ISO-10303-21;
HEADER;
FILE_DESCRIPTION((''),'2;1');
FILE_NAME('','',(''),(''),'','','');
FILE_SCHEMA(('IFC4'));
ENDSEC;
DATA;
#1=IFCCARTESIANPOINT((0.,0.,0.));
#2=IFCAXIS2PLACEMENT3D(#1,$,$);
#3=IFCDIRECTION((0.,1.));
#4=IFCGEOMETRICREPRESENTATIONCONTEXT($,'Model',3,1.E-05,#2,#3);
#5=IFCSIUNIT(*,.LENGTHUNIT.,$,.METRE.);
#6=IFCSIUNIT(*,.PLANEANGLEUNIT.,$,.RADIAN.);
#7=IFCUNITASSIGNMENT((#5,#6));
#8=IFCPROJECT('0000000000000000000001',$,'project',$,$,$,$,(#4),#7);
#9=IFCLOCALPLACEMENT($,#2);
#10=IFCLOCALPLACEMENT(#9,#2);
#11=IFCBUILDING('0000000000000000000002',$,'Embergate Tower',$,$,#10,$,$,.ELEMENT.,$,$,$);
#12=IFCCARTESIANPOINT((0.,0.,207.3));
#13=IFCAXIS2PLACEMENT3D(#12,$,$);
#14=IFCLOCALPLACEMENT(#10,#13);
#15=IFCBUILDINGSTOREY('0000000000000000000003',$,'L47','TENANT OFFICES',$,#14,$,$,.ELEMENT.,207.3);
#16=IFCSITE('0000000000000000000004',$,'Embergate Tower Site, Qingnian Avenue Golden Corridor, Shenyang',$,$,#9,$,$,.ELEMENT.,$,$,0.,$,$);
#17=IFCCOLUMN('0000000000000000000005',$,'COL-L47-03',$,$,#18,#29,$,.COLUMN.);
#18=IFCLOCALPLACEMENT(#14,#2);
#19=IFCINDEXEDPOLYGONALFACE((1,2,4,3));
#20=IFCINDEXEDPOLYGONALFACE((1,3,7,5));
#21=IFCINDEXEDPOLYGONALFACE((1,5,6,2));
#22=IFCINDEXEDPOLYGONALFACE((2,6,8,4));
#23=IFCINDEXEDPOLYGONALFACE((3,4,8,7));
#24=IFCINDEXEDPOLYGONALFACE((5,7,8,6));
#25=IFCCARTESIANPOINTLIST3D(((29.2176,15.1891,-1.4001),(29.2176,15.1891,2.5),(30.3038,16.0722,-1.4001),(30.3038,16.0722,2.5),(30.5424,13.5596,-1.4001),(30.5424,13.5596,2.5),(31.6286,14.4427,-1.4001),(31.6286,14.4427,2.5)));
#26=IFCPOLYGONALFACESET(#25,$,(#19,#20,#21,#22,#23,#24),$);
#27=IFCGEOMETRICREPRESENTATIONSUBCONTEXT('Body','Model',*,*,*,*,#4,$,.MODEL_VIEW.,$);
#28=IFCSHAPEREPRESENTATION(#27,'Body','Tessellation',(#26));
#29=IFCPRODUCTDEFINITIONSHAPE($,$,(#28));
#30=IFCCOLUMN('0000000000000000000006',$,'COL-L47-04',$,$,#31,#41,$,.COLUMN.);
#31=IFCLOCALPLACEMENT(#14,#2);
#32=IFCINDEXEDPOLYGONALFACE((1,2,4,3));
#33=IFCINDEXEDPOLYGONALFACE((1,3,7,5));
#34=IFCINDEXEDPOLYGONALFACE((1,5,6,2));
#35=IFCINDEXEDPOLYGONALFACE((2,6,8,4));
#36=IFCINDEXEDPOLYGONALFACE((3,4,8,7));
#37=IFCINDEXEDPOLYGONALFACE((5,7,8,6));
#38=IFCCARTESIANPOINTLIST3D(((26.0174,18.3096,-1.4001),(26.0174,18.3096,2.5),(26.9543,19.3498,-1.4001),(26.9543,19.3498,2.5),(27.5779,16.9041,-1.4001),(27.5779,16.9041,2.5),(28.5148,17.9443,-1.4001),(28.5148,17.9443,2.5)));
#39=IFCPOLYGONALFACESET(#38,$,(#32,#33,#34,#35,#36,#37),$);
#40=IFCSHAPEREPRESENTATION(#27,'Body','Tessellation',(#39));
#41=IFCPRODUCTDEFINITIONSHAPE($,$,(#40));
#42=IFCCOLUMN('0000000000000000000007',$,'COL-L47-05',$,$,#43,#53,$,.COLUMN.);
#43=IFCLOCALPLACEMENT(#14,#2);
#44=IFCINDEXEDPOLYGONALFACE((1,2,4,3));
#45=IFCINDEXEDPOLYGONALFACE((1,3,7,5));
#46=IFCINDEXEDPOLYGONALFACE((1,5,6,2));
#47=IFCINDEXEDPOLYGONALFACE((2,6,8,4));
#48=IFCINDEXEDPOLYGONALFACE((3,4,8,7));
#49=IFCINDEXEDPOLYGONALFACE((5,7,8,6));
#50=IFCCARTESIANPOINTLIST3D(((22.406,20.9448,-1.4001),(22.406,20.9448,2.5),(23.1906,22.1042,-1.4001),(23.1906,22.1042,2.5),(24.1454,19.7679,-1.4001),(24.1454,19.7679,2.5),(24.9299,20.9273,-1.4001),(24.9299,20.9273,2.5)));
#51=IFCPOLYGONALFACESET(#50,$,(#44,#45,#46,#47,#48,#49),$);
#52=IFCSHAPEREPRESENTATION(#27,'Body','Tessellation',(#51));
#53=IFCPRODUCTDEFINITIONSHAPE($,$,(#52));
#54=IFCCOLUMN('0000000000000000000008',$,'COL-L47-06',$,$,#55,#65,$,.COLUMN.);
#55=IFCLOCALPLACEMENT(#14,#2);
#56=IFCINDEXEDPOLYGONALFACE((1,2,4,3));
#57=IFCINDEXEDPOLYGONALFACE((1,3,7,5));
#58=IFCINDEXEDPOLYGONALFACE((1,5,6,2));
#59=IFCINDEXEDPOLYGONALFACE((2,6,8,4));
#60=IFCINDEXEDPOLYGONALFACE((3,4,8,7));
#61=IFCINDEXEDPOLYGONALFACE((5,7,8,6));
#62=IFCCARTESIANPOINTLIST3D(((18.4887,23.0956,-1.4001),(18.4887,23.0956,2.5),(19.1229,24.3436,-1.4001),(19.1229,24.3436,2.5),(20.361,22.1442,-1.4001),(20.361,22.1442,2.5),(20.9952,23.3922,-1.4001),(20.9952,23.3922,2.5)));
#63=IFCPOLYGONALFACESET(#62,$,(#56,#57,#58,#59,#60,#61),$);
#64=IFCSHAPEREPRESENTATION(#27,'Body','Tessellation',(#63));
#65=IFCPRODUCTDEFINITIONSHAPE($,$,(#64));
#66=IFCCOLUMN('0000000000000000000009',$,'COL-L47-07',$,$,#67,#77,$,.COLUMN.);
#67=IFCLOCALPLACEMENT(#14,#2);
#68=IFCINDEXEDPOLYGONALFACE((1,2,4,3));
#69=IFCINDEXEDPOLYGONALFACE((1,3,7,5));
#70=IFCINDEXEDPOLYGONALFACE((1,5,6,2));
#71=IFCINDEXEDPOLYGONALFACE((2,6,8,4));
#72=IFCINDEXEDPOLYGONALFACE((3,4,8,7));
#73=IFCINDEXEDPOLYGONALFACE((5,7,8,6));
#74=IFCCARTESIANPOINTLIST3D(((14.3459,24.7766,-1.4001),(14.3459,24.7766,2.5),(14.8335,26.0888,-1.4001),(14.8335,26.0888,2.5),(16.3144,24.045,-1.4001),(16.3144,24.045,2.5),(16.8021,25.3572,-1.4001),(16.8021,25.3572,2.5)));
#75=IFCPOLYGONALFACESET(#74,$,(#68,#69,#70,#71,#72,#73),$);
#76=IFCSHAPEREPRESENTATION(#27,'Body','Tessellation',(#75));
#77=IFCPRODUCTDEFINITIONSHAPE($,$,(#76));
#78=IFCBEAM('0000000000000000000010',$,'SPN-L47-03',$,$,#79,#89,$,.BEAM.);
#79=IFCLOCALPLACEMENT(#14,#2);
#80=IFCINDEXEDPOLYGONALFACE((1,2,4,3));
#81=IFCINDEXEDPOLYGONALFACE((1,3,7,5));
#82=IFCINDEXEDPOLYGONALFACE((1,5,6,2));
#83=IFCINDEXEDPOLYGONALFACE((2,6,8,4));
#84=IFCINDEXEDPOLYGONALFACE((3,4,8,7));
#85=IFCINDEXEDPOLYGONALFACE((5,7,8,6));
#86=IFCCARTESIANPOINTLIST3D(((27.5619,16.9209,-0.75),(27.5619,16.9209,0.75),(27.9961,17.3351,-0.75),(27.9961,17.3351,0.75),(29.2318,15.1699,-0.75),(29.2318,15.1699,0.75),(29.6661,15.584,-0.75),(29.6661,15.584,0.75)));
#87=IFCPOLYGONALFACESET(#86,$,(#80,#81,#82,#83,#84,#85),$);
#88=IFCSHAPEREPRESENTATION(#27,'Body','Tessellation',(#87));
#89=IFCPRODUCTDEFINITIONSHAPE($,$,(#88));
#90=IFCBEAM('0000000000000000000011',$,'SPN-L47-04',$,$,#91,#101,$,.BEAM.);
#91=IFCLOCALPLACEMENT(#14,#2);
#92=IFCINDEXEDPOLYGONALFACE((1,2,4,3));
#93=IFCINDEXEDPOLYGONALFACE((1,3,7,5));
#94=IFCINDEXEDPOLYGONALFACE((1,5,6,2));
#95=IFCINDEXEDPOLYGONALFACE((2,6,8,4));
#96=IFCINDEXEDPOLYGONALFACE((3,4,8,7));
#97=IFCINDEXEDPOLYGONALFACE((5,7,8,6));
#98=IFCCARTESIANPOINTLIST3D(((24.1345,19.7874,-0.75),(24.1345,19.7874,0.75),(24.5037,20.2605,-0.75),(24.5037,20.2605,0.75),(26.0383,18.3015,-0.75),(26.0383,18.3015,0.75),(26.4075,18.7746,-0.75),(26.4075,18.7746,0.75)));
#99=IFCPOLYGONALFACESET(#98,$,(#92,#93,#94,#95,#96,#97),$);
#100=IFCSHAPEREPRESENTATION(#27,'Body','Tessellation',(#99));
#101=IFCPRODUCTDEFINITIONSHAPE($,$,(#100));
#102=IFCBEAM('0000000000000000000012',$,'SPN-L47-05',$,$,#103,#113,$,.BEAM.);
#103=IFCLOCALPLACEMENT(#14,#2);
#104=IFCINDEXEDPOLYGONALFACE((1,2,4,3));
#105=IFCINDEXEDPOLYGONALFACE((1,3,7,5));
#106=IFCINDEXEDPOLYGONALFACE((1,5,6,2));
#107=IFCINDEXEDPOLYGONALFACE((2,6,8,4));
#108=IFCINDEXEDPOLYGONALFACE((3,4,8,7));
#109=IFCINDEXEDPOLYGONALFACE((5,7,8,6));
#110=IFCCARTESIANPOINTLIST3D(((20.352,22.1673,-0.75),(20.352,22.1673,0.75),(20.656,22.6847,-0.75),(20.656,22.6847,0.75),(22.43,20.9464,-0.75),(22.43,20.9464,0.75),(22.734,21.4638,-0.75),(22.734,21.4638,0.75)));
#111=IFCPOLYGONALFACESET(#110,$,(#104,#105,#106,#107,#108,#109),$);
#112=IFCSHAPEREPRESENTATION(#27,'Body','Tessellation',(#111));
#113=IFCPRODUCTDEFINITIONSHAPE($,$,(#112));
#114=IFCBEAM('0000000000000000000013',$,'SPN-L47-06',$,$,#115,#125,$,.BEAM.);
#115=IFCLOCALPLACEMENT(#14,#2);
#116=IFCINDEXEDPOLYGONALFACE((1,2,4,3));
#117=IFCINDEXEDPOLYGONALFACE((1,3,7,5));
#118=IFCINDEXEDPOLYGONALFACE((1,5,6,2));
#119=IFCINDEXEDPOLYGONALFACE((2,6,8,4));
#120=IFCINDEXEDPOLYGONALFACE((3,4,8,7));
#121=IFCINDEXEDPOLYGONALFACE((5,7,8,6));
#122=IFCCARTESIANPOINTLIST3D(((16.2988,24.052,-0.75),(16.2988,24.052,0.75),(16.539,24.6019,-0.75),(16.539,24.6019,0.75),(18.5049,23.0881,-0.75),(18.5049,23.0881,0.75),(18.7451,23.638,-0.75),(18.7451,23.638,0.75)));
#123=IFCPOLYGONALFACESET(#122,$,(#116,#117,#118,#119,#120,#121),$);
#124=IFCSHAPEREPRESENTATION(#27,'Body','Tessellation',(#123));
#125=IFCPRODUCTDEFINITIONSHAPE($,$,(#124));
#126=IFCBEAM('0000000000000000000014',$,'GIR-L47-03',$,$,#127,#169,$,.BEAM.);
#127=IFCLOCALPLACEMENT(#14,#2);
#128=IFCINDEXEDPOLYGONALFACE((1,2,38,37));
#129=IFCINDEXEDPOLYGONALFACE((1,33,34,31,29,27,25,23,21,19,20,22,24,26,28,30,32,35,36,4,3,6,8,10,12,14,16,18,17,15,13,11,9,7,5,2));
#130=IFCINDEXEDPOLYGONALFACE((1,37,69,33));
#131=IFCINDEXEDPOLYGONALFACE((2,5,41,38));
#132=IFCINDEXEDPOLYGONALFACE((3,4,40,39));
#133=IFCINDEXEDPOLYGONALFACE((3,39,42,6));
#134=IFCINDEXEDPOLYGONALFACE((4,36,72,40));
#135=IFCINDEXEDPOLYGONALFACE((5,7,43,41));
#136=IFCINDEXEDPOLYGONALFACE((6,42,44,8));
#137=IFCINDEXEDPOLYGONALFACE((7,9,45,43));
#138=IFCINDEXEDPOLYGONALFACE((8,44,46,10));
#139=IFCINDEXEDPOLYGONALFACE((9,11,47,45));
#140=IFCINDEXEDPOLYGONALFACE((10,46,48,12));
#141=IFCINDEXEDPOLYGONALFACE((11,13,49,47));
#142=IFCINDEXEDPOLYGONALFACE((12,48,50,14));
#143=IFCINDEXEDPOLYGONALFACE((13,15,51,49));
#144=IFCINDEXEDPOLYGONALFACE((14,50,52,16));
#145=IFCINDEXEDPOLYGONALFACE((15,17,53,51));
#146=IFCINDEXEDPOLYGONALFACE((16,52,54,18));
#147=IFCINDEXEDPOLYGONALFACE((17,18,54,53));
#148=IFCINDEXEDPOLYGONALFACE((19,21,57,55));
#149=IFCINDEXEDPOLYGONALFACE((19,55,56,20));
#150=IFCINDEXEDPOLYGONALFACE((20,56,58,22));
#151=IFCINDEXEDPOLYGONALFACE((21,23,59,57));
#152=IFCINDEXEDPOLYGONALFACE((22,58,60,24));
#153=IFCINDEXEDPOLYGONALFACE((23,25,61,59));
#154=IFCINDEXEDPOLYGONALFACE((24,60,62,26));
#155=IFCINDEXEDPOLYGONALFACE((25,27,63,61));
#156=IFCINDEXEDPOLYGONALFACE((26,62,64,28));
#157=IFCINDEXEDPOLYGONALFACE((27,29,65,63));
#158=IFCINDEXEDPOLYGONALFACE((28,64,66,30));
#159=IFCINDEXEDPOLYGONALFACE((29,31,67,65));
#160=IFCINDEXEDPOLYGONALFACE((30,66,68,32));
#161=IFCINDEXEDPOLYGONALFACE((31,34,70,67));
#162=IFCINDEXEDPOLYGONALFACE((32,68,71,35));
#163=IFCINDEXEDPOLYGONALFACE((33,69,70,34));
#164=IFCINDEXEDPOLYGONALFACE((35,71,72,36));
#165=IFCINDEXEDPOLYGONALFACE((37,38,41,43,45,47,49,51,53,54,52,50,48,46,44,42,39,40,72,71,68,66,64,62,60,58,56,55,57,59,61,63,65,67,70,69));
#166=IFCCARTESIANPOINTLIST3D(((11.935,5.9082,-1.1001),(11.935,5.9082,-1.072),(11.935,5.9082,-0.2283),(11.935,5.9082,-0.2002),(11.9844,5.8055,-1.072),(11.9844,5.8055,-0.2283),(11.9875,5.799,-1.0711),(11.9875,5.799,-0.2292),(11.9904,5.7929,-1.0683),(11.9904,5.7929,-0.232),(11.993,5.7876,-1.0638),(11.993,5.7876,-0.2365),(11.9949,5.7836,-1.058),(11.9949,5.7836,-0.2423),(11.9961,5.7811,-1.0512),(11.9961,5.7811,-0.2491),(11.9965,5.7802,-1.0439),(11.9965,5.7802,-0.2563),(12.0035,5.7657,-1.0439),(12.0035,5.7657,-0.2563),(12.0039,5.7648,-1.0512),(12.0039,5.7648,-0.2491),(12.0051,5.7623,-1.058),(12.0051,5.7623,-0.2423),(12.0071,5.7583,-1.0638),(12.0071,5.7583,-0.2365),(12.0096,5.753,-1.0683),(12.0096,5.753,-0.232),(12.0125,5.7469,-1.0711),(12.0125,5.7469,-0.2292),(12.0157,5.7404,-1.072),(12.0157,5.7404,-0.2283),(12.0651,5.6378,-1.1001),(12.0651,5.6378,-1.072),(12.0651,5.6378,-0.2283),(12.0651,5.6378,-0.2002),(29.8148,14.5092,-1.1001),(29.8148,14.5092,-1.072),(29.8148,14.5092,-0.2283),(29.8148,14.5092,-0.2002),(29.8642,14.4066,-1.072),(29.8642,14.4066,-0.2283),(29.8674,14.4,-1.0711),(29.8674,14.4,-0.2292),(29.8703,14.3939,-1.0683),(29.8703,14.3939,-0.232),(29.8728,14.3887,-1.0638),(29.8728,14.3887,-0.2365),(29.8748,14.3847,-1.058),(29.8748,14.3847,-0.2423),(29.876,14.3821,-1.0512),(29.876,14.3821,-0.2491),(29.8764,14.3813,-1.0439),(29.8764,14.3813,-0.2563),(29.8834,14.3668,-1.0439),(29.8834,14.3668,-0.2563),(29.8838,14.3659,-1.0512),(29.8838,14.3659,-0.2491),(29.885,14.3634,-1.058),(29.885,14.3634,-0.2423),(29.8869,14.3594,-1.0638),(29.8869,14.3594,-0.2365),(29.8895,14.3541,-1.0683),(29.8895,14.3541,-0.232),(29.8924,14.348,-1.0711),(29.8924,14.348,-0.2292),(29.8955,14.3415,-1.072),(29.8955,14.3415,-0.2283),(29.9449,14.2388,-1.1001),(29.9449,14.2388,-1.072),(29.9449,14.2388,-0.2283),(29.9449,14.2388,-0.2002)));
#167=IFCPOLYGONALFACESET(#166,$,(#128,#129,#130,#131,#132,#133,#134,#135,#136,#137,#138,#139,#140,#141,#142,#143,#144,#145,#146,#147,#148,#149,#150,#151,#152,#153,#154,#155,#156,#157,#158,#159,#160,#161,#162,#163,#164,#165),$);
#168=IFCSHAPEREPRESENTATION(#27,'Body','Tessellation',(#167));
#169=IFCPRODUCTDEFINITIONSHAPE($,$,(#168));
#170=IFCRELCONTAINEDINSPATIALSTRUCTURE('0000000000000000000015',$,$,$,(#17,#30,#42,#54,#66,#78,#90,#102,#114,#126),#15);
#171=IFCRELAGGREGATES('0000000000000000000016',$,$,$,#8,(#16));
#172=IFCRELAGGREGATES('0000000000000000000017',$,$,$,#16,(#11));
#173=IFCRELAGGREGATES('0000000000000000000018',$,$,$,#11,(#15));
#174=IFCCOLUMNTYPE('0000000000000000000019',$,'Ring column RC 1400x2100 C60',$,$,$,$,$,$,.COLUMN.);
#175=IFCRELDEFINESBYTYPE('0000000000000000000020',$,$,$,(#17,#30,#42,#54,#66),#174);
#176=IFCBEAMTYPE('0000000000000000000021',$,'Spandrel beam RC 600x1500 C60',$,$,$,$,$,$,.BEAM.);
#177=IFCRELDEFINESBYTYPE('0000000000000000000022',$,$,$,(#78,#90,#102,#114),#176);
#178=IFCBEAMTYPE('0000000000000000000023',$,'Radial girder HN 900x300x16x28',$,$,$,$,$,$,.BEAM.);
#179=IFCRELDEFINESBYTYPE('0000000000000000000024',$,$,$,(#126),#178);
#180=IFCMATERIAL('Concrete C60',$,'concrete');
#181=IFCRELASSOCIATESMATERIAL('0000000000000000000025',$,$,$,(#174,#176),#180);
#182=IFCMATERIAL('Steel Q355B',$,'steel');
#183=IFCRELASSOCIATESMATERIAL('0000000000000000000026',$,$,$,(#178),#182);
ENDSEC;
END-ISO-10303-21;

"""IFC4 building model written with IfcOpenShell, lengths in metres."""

from ifc_helpers import new_model, si_unit, direction, frame, origin, origin_2d, place, context, subcontext, project, spatial, rectangle, i_section, extrude, source, transform, mapped, material, material_profile, profile_set, type_object, element, save


model = new_model("IFC4")

# Units and contexts
model_context = context("Model", 3, precision=1e-05, world=origin(), true_north=direction((0.0, 1.0)))
body_context = subcontext(model_context, "Body", "Model", "MODEL_VIEW")
ifc_project = project(units=[si_unit("LENGTHUNIT", "METRE"), si_unit("PLANEANGLEUNIT", "RADIAN")], contexts=[model_context])

# Site, building, storey
site_placement = place(None, origin())
site = spatial("IfcSite", under=ifc_project, at=site_placement, Name="Embergate Tower Site, Qingnian Avenue Golden Corridor, Shenyang", CompositionType="ELEMENT", RefElevation=0.0)
building_placement = place(site_placement, origin())
building = spatial("IfcBuilding", under=site, at=building_placement, Name="Embergate Tower", CompositionType="ELEMENT")
storey_placement = place(building_placement, frame((0.0, 0.0, 207.3)))
storey = spatial("IfcBuildingStorey", under=building, at=storey_placement, Name="L47", Description="TENANT OFFICES", CompositionType="ELEMENT", Elevation=207.3)

# Columns
ifc_material_1 = material(Name="Concrete C60", Category="concrete")
ifc_material_profile_1 = material_profile(ifc_material_1, rectangle(XDim=1.3999, YDim=2.1001, at=origin_2d()), Name="RC 1400x2100")
ifc_profile_set_1 = profile_set([ifc_material_profile_1], Name="Concrete C60")
column_type = type_object("IfcColumnType", Name="Ring column RC 1400x2100 C60", PredefinedType="COLUMN", material=ifc_profile_set_1)
shared_shape_1 = source(origin(), body_context, "Body", "SweptSolid", [
    extrude(rectangle(XDim=1.3999, YDim=2.1001, at=origin_2d()), origin(), (0.0, 0.0, 1.0), 3.9001),
])
for number, where, z_axis, x_axis, name in (
    (1, (30.4231, 14.8159, -1.4001), (0.0, 0.0, 1.0), (0.775925, 0.630825, 0.0), "COL-L47-03"),
    (2, (27.2661, 18.127, -1.4001), (0.0, 0.0, 1.0), (0.669221, 0.743063, 0.0), "COL-L47-04"),
    (3, (23.668, 20.936, -1.4001), (0.0, 0.0, 1.0), (0.560408, 0.828217, 0.0), "COL-L47-05"),
    (4, (19.7419, 23.2439, -1.4001), (0.0, 0.0, 1.0), (0.453011, 0.891505, 0.0), "COL-L47-06"),
    (5, (15.574, 25.0669, -1.4001), (0.0, 0.0, 1.0), (0.348359, 0.937361, 0.0), "COL-L47-07"),
):
    element("IfcColumn", number, at=place(storey_placement, frame(where, z_axis=z_axis, x_axis=x_axis)), inside=storey, type_object=column_type, Name=name, PredefinedType="COLUMN", context=body_context, shape_type="MappedRepresentation", body=[
        mapped(shared_shape_1, transform((0.0, 0.0, 0.0))),
    ])

# Beams
ifc_material_profile_2 = material_profile(ifc_material_1, rectangle(XDim=0.6001, YDim=1.5, at=origin_2d()), Name="RC 600x1500")
ifc_profile_set_2 = profile_set([ifc_material_profile_2], Name="Concrete C60")
beam_type_1 = type_object("IfcBeamType", Name="Spandrel beam RC 600x1500 C60", PredefinedType="BEAM", material=ifc_profile_set_2)
shared_shape_2 = source(origin(), body_context, "Body", "SweptSolid", [
    extrude(rectangle(XDim=0.6001, YDim=1.5, at=origin_2d()), origin(), (0.0, 0.0, 1.0), 2.4197),
])
beam_1_placement = place(storey_placement, frame((29.449, 15.377, 0.0), z_axis=(-0.690159, 0.723658, 0.0), x_axis=(-0.723658, -0.690159, 0.0)))
element("IfcBeam", 6, at=beam_1_placement, inside=storey, type_object=beam_type_1, Name="SPN-L47-03", PredefinedType="BEAM", context=body_context, shape_type="MappedRepresentation", body=[
    mapped(shared_shape_2, transform((0.0, 0.0, 0.0))),
])
shared_shape_3 = source(origin(), body_context, "Body", "SweptSolid", [
    extrude(rectangle(XDim=0.6001, YDim=1.5, at=origin_2d()), origin(), (0.0, 0.0, 1.0), 2.415),
])
beam_2_placement = place(storey_placement, frame((26.2229, 18.5381, 0.0), z_axis=(-0.788328, 0.615256, 0.0), x_axis=(-0.615256, -0.788328, 0.0)))
element("IfcBeam", 7, at=beam_2_placement, inside=storey, type_object=beam_type_1, Name="SPN-L47-04", PredefinedType="BEAM", context=body_context, shape_type="MappedRepresentation", body=[
    mapped(shared_shape_3, transform((0.0, 0.0, 0.0))),
])
shared_shape_4 = source(origin(), body_context, "Body", "SweptSolid", [
    extrude(rectangle(XDim=0.6001, YDim=1.5, at=origin_2d()), origin(), (0.0, 0.0, 1.0), 2.4102),
])
beam_3_placement = place(storey_placement, frame((22.582, 21.2051, 0.0), z_axis=(-0.862202, 0.506564, 0.0), x_axis=(-0.506564, -0.862202, 0.0)))
element("IfcBeam", 8, at=beam_3_placement, inside=storey, type_object=beam_type_1, Name="SPN-L47-05", PredefinedType="BEAM", context=body_context, shape_type="MappedRepresentation", body=[
    mapped(shared_shape_4, transform((0.0, 0.0, 0.0))),
])
shared_shape_5 = source(origin(), body_context, "Body", "SweptSolid", [
    extrude(rectangle(XDim=0.6001, YDim=1.5, at=origin_2d()), origin(), (0.0, 0.0, 1.0), 2.4075),
])
beam_4_placement = place(storey_placement, frame((18.625, 23.363, 0.0), z_axis=(-0.916353, 0.400372, 0.0), x_axis=(-0.400372, -0.916353, 0.0)))
element("IfcBeam", 9, at=beam_4_placement, inside=storey, type_object=beam_type_1, Name="SPN-L47-06", PredefinedType="BEAM", context=body_context, shape_type="MappedRepresentation", body=[
    mapped(shared_shape_5, transform((0.0, 0.0, 0.0))),
])
ifc_material_2 = material(Name="Steel Q355B", Category="steel")
ifc_material_profile_3 = material_profile(ifc_material_2, i_section(OverallWidth=0.3, OverallDepth=0.8999, WebThickness=0.0161, FlangeThickness=0.0281, FilletRadius=0.0281, at=origin_2d()), Name="HN 900x300x16x28")
ifc_profile_set_3 = profile_set([ifc_material_profile_3], Name="Steel Q355 grade B")
beam_type_2 = type_object("IfcBeamType", Name="Radial girder HN 900x300x16x28", PredefinedType="BEAM", material=ifc_profile_set_3)
shared_shape_6 = source(origin(), body_context, "Body", "SweptSolid", [
    extrude(i_section(OverallWidth=0.3, OverallDepth=0.8999, WebThickness=0.0161, FlangeThickness=0.0281, FilletRadius=0.0281, at=origin_2d()), origin(), (0.0, 0.0, 1.0), 19.8411),
])
beam_5_placement = place(storey_placement, frame((29.8799, 14.374, -0.6501), z_axis=(-0.901154, -0.433498, 0.0), x_axis=(0.433498, -0.901154, 0.0)))
element("IfcBeam", 10, at=beam_5_placement, inside=storey, type_object=beam_type_2, Name="GIR-L47-03", PredefinedType="BEAM", context=body_context, shape_type="MappedRepresentation", body=[
    mapped(shared_shape_6, transform((0.0, 0.0, 0.0))),
])

save(model, "model.ifc")
